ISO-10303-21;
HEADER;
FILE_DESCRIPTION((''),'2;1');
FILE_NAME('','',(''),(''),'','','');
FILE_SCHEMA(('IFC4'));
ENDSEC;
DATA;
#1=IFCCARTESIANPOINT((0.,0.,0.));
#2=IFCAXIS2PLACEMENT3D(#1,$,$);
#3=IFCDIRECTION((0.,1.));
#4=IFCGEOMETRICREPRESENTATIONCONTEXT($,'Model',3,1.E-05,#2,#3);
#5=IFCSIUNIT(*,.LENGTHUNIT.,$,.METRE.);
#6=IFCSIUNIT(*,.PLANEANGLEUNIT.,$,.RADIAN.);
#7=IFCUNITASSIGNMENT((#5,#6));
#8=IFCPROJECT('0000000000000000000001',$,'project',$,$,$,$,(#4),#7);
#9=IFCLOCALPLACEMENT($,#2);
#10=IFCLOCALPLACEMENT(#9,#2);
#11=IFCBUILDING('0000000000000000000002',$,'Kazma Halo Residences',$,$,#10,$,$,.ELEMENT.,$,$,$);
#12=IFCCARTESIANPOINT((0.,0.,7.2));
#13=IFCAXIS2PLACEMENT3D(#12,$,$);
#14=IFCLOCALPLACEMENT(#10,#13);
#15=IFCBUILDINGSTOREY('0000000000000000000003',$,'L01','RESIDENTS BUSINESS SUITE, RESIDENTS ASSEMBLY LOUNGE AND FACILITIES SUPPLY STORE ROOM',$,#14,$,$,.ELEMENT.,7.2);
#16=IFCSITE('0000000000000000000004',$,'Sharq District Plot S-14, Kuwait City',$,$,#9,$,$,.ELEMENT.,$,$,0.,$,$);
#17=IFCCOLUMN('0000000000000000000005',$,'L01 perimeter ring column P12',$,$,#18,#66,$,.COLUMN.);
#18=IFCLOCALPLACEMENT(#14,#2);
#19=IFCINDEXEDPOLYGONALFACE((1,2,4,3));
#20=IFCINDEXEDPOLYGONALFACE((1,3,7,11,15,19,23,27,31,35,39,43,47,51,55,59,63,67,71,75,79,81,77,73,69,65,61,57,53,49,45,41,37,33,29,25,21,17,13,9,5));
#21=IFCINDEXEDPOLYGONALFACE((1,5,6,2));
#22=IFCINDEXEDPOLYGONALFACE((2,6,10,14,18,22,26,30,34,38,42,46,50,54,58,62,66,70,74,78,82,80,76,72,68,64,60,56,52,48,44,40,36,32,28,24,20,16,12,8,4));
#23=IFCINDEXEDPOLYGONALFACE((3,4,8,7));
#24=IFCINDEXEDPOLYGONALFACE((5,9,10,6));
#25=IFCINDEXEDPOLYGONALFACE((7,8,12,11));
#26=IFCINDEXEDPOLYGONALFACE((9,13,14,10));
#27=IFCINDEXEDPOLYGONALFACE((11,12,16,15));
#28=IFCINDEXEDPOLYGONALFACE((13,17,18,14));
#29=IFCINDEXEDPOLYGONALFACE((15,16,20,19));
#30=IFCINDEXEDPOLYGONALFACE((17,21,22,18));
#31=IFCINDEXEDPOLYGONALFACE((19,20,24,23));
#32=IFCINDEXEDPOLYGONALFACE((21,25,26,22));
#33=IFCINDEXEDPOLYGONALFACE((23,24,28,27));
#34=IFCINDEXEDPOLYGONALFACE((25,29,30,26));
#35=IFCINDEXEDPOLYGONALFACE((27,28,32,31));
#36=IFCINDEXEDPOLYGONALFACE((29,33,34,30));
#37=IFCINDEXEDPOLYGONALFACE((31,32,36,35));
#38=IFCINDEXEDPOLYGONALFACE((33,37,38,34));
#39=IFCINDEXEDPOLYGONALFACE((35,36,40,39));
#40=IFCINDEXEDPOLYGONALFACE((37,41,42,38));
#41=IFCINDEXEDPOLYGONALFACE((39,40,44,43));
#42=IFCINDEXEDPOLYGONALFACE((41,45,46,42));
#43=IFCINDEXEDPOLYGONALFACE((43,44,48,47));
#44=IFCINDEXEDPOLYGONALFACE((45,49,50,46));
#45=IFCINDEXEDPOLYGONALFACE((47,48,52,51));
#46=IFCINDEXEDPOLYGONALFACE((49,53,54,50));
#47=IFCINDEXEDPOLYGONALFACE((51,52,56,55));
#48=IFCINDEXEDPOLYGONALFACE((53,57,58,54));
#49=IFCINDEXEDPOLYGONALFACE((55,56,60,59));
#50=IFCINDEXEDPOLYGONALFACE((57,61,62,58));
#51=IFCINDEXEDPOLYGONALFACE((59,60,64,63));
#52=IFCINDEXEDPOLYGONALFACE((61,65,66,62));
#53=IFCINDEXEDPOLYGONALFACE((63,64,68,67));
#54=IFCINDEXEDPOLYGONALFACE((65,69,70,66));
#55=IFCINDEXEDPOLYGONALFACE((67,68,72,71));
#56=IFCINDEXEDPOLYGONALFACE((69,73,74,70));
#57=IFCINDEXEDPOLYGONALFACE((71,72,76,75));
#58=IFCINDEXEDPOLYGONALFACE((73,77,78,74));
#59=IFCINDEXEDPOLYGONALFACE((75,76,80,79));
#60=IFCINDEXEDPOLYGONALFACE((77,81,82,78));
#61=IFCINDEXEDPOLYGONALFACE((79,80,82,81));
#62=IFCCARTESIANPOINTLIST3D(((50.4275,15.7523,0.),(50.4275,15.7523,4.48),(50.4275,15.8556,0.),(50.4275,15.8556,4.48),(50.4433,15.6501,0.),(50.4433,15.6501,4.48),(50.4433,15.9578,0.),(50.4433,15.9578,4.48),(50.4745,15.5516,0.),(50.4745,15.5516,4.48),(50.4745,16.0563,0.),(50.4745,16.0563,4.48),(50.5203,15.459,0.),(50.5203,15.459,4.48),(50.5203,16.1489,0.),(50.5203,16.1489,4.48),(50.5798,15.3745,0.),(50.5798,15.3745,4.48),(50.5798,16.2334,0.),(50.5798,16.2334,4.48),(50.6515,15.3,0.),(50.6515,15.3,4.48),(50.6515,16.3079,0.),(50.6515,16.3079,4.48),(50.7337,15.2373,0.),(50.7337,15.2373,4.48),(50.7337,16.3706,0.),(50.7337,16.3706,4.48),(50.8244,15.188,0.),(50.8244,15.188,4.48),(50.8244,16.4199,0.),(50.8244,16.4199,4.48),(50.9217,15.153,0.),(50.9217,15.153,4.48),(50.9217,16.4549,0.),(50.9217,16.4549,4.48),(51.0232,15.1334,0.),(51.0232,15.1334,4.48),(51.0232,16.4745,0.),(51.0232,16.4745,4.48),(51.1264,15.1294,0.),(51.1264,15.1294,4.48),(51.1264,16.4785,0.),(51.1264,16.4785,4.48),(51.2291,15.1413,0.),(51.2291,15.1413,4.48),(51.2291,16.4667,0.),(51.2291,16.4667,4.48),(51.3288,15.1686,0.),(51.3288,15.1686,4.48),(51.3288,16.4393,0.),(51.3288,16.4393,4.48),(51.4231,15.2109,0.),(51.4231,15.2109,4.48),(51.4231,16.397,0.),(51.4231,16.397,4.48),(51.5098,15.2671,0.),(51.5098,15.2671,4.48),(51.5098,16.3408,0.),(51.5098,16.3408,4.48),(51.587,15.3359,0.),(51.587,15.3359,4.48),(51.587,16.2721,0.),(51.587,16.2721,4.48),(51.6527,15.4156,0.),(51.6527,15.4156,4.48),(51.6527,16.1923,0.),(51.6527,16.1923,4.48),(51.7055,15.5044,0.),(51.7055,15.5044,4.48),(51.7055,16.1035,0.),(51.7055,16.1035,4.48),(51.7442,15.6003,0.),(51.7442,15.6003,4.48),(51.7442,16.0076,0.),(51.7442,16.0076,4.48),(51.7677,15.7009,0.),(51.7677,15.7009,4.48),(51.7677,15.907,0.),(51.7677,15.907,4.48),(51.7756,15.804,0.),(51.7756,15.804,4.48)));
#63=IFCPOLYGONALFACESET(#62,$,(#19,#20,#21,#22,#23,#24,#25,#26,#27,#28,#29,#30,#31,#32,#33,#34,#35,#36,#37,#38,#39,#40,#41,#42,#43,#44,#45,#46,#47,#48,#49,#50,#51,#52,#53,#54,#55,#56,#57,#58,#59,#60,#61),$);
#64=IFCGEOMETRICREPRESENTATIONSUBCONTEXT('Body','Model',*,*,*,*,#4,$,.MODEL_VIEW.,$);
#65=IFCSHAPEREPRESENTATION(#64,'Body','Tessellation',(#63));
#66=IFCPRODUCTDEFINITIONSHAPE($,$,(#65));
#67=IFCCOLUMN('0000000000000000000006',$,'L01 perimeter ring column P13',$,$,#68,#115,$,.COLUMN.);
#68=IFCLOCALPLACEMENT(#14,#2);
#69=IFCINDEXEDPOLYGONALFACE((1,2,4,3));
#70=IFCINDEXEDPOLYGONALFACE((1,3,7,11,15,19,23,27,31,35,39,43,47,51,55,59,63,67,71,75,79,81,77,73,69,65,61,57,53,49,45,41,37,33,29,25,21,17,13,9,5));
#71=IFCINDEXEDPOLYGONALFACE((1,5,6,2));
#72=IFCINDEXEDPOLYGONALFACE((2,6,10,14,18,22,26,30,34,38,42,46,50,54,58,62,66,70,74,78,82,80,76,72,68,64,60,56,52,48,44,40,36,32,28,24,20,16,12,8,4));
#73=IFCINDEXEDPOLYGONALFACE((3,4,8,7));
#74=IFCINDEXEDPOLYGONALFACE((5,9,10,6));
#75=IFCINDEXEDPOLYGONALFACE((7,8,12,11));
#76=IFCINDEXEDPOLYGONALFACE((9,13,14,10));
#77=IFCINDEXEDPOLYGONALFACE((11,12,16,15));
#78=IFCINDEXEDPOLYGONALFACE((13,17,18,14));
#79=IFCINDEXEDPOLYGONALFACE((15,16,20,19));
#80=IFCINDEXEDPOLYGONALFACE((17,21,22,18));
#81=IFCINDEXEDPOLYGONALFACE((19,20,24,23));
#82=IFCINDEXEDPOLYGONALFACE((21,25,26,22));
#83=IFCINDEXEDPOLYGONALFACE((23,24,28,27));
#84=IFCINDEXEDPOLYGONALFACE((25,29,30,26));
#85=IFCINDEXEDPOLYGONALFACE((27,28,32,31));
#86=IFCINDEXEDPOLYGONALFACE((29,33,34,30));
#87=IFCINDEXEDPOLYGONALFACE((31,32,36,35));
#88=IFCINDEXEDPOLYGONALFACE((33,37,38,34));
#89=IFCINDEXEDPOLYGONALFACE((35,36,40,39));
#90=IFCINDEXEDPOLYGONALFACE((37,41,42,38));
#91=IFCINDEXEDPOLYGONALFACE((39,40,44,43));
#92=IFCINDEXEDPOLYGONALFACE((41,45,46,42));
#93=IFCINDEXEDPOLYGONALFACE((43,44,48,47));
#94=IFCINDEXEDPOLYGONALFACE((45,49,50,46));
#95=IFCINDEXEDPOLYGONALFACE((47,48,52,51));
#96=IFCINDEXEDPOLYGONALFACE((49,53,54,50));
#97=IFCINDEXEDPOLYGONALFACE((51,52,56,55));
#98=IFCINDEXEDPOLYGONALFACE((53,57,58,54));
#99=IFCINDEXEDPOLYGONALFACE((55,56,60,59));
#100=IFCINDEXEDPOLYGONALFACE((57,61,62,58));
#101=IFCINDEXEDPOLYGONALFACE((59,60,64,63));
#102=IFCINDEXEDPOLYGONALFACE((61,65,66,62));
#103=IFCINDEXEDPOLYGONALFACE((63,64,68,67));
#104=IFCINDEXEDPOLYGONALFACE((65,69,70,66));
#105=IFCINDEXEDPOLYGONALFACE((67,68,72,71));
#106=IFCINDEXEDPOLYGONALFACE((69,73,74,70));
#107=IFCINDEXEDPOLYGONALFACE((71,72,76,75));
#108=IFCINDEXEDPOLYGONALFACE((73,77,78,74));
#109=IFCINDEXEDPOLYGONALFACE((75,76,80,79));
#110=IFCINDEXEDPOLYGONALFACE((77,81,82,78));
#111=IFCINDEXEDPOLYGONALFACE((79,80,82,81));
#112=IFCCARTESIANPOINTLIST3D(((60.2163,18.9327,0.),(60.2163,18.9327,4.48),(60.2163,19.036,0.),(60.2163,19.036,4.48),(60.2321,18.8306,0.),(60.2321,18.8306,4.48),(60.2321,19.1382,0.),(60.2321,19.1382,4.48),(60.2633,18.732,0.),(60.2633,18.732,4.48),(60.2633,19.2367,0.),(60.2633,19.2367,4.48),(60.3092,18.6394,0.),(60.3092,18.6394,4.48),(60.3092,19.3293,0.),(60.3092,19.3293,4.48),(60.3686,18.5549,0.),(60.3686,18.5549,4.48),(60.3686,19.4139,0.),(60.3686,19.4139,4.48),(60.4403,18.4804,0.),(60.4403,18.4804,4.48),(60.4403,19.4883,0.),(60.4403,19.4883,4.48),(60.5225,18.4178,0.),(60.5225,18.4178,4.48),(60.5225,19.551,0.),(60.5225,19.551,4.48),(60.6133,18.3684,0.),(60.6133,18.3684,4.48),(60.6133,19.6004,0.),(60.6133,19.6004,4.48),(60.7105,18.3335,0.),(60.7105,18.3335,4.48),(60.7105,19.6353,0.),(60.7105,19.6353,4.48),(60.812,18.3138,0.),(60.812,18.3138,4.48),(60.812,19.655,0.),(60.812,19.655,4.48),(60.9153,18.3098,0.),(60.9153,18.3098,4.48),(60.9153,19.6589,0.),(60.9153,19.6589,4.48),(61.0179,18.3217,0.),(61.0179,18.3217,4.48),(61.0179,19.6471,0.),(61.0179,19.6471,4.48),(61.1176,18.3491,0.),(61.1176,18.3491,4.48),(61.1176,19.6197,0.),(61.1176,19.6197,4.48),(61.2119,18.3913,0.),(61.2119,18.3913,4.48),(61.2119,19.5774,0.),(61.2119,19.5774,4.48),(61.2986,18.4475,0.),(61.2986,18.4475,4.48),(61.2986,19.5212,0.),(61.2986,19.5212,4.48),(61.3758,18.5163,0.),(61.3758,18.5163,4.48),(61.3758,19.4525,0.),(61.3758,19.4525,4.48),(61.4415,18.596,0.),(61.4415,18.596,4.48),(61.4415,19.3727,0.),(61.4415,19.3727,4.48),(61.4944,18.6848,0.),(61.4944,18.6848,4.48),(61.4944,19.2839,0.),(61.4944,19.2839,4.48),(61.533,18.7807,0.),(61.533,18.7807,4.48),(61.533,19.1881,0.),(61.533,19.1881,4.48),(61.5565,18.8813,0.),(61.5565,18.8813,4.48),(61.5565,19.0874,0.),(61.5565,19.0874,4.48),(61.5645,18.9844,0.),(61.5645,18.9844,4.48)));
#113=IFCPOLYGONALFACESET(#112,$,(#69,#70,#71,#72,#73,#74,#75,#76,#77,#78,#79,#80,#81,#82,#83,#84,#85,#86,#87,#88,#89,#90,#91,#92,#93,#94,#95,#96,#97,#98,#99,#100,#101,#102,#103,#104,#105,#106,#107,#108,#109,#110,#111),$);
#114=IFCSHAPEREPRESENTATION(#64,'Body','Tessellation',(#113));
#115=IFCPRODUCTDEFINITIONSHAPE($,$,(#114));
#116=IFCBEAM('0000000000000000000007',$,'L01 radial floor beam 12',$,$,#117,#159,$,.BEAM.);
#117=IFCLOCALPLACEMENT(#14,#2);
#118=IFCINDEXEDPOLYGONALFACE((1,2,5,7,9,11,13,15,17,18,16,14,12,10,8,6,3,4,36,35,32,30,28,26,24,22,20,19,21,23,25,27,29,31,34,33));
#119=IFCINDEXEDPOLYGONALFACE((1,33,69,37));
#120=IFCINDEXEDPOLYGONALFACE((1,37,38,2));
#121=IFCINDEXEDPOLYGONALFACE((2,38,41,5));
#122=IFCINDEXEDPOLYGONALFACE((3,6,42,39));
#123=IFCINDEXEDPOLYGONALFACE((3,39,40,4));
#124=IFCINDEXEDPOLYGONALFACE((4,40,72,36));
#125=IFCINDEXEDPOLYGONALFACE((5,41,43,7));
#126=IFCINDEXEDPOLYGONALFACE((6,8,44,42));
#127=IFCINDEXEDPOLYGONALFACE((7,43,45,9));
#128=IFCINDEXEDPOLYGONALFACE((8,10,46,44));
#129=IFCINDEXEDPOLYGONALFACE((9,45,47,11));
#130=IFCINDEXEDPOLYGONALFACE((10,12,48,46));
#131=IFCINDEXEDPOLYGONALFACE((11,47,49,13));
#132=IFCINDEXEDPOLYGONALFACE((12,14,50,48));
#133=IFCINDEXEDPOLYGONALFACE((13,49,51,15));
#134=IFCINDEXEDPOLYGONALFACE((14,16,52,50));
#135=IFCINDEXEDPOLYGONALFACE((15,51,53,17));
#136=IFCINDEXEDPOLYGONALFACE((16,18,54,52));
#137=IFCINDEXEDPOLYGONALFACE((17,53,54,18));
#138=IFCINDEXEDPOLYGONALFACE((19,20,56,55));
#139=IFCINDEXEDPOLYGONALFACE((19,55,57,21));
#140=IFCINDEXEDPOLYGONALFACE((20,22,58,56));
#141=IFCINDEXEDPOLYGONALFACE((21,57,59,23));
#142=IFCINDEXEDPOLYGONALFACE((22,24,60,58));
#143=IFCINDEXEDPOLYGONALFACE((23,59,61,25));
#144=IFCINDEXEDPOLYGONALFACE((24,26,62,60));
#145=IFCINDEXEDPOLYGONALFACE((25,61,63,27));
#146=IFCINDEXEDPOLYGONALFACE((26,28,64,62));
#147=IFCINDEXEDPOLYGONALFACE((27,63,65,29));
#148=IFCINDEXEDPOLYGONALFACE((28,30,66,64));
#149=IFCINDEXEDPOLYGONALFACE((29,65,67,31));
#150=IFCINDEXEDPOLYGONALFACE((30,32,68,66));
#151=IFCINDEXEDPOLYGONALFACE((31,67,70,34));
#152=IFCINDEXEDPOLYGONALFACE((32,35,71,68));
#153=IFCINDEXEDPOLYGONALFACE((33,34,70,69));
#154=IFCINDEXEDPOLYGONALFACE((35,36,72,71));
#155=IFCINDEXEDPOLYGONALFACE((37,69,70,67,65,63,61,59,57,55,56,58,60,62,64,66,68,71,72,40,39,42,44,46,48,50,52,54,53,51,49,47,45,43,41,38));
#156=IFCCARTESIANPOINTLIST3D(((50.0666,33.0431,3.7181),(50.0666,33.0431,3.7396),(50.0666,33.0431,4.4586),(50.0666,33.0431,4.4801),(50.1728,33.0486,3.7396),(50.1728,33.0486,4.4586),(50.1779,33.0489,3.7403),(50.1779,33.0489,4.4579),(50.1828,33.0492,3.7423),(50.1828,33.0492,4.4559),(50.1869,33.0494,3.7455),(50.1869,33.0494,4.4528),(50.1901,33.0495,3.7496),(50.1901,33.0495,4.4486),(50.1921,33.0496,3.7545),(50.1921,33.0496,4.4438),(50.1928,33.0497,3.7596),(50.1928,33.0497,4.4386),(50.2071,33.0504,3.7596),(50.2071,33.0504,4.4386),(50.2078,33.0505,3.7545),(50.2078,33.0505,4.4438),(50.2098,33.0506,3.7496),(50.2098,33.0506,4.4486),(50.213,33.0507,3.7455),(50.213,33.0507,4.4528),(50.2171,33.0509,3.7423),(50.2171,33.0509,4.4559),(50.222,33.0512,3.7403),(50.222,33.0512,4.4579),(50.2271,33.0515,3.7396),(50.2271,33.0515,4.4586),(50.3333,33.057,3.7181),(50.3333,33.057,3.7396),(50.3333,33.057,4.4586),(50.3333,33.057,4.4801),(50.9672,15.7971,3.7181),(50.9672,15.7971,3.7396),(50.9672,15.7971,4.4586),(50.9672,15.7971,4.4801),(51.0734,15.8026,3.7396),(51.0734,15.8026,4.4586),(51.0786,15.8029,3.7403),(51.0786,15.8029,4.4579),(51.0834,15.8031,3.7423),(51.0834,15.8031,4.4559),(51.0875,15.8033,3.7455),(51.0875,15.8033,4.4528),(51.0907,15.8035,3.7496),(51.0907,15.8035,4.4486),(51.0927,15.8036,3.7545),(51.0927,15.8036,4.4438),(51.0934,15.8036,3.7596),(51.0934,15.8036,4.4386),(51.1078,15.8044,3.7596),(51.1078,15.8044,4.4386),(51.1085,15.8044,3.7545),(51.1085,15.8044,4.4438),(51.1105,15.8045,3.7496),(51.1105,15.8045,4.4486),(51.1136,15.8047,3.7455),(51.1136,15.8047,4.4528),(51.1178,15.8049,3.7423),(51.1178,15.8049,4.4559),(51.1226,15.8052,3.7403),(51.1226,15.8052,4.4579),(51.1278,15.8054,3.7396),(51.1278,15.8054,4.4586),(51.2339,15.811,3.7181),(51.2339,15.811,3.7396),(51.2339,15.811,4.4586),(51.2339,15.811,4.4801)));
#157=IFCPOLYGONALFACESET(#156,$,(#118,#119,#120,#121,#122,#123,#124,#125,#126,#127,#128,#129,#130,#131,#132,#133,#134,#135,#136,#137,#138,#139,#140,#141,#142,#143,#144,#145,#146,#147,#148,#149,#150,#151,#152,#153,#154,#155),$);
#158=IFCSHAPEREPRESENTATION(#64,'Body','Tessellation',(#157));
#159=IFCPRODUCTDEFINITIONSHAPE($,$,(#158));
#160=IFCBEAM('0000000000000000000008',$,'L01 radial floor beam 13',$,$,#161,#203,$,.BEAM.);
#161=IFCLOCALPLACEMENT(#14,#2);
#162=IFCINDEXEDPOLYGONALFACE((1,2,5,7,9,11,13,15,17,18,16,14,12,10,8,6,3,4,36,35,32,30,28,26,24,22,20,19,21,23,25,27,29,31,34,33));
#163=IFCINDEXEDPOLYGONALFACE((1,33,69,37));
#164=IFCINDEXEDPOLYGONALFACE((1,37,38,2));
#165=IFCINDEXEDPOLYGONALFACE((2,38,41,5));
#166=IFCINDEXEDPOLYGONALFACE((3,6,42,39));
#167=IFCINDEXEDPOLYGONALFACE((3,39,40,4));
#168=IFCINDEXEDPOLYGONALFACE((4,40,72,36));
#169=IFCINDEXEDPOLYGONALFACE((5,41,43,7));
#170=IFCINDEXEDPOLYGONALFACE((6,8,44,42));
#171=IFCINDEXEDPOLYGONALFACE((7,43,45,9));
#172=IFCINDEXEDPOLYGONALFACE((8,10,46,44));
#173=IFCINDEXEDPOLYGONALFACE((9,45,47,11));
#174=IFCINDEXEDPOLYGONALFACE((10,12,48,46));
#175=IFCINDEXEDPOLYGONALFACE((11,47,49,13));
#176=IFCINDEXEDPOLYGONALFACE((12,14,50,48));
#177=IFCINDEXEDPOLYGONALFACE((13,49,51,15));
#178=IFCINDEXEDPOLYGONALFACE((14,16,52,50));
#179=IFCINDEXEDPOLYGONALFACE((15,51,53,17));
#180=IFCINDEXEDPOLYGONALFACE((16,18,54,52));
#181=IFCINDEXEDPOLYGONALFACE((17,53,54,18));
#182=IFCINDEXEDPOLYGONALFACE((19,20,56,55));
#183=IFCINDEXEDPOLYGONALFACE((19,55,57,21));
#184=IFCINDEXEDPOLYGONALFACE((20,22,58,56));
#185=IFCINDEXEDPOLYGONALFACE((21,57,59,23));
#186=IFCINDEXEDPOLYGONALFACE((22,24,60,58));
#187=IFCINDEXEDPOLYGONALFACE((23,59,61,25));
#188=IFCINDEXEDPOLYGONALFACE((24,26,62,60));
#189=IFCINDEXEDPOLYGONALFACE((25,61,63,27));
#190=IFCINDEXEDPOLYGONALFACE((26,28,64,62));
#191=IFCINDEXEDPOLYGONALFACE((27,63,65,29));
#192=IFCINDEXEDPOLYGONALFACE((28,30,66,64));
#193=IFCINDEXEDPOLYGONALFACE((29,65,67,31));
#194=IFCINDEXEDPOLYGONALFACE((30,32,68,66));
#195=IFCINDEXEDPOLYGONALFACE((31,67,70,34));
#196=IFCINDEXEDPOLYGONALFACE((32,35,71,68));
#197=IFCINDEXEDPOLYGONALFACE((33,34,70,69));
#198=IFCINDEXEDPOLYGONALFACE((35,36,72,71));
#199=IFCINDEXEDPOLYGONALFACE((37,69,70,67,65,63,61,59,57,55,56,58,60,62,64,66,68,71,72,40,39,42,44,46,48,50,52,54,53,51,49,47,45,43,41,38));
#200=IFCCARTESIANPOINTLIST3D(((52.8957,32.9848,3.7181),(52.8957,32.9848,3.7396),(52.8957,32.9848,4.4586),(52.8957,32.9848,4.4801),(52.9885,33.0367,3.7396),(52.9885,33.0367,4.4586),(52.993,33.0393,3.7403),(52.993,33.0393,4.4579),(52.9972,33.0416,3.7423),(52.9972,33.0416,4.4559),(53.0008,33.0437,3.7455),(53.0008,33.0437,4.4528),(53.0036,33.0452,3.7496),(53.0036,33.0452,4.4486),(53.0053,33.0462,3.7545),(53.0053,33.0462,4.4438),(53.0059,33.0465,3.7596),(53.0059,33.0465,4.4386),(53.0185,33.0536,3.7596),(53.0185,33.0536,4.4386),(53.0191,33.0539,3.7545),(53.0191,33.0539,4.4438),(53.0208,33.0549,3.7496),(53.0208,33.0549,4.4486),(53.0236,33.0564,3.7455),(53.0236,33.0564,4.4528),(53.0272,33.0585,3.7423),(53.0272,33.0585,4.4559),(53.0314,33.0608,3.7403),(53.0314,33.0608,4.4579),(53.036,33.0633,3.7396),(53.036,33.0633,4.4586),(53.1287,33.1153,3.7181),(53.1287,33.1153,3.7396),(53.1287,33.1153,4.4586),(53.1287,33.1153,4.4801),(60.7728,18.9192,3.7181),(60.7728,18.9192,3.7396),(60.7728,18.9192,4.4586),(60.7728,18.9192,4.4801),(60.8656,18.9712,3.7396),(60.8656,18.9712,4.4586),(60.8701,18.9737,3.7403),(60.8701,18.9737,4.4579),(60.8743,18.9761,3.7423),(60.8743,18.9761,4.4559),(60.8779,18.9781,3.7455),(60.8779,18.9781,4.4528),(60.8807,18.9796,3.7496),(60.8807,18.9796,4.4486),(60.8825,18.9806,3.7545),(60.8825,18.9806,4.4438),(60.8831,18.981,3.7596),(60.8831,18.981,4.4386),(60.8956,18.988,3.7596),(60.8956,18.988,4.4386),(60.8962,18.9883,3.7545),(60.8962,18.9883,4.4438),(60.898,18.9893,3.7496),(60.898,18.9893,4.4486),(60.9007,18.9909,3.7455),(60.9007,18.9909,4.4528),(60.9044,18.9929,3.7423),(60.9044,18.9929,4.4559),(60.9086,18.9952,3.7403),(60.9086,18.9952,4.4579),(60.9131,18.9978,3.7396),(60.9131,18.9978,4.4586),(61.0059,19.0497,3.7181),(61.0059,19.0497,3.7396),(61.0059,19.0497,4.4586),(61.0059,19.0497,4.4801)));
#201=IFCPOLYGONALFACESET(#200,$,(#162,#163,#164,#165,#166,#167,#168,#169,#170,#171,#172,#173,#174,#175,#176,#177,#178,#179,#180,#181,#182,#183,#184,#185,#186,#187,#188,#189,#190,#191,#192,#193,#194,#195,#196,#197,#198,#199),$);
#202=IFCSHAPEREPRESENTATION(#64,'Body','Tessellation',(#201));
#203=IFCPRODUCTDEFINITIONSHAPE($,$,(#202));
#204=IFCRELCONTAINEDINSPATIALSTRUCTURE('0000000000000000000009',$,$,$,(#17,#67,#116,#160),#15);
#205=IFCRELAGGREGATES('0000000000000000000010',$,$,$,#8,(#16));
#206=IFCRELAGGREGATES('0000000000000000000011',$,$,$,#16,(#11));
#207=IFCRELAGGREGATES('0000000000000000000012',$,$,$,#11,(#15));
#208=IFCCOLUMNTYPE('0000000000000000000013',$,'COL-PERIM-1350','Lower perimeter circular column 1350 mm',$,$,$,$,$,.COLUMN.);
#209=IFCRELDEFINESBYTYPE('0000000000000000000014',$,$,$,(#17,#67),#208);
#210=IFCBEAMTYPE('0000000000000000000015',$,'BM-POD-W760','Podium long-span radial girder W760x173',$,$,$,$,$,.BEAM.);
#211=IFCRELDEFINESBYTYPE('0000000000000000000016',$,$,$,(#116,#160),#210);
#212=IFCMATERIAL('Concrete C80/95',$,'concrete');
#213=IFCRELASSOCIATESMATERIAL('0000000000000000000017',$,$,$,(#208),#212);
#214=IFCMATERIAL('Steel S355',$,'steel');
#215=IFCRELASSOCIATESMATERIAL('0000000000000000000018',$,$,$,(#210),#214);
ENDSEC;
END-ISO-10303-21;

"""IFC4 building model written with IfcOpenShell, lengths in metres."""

from ifc_helpers import new_model, si_unit, direction, frame, origin, origin_2d, place, context, subcontext, project, spatial, circle, i_section, extrude, material, material_profile, profile_set, type_object, element, save


model = new_model("IFC4")

# Units and contexts
model_context = context("Model", 3, precision=1e-05, world=origin(), true_north=direction((0.0, 1.0)))
body_context = subcontext(model_context, "Body", "Model", "MODEL_VIEW")
ifc_project = project(units=[si_unit("LENGTHUNIT", "METRE"), si_unit("PLANEANGLEUNIT", "RADIAN")], contexts=[model_context])

# Site, building, storey
site_placement = place(None, origin())
site = spatial("IfcSite", under=ifc_project, at=site_placement, Name="Sharq District Plot S-14, Kuwait City", CompositionType="ELEMENT", RefElevation=0.0)
building_placement = place(site_placement, origin())
building = spatial("IfcBuilding", under=site, at=building_placement, Name="Kazma Halo Residences", CompositionType="ELEMENT")
storey_placement = place(building_placement, frame((0.0, 0.0, 7.2)))
storey = spatial("IfcBuildingStorey", under=building, at=storey_placement, Name="L01", Description="RESIDENTS BUSINESS SUITE, RESIDENTS ASSEMBLY LOUNGE AND FACILITIES SUPPLY STORE ROOM", CompositionType="ELEMENT", Elevation=7.2)

# Columns
ifc_material_1 = material(Name="Concrete C80/95", Category="concrete")
ifc_material_profile_1 = material_profile(ifc_material_1, circle(Radius=0.675, at=origin_2d()), Name="CIRC1350")
ifc_profile_set_1 = profile_set([ifc_material_profile_1], Name="Concrete C80/95")
column_type = type_object("IfcColumnType", Name="COL-PERIM-1350", Description="Lower perimeter circular column 1350 mm", PredefinedType="COLUMN", material=ifc_profile_set_1)
for number, where, z_axis, x_axis, name in (
    (1, (51.1006, 15.804, 0.0), (0.0, 0.0, 1.0), (1.0, 0.0, 0.0), "L01 perimeter ring column P12"),
    (2, (60.8894, 18.9844, 0.0), (0.0, 0.0, 1.0), (1.0, 0.0, 0.0), "L01 perimeter ring column P13"),
):
    element("IfcColumn", number, at=place(storey_placement, frame(where, z_axis=z_axis, x_axis=x_axis)), inside=storey, type_object=column_type, Name=name, PredefinedType="COLUMN", context=body_context, shape_type="SweptSolid", body=[
        extrude(circle(Radius=0.675, at=origin_2d()), origin(), (0.0, 0.0, 1.0), 4.48),
    ])

# Beams
ifc_material_2 = material(Name="Steel S355", Category="steel")
ifc_material_profile_2 = material_profile(ifc_material_2, i_section(OverallWidth=0.2671, OverallDepth=0.762, WebThickness=0.0144, FlangeThickness=0.0215, FilletRadius=0.02, at=origin_2d()), Name="W760x173")
ifc_profile_set_2 = profile_set([ifc_material_profile_2], Name="Steel S355")
beam_type_1 = type_object("IfcBeamType", Name="BM-POD-W760", Description="Podium long-span radial girder W760x173", PredefinedType="BEAM", material=ifc_profile_set_2)
beam_1_placement = place(storey_placement, frame((50.2, 33.05, 4.0991), z_axis=(0.052151, -0.998639, 0.0), x_axis=(0.998639, 0.052151, 0.0)))
element("IfcBeam", 3, at=beam_1_placement, inside=storey, type_object=beam_type_1, Name="L01 radial floor beam 12", PredefinedType="BEAM", context=body_context, shape_type="SweptSolid", body=[
    extrude(i_section(OverallWidth=0.2671, OverallDepth=0.762, WebThickness=0.0144, FlangeThickness=0.0215, FilletRadius=0.02, at=origin_2d()), origin(), (0.0, 0.0, 1.0), 17.2695),
])
beam_2_placement = place(storey_placement, frame((53.0122, 33.05, 4.0991), z_axis=(0.488623, -0.872495, 0.0), x_axis=(0.872495, 0.488623, 0.0)))
element("IfcBeam", 4, at=beam_2_placement, inside=storey, type_object=beam_type_1, Name="L01 radial floor beam 13", PredefinedType="BEAM", context=body_context, shape_type="SweptSolid", body=[
    extrude(i_section(OverallWidth=0.2671, OverallDepth=0.762, WebThickness=0.0144, FlangeThickness=0.0215, FilletRadius=0.02, at=origin_2d()), origin(), (0.0, 0.0, 1.0), 16.1211),
])

save(model, "model.ifc")
